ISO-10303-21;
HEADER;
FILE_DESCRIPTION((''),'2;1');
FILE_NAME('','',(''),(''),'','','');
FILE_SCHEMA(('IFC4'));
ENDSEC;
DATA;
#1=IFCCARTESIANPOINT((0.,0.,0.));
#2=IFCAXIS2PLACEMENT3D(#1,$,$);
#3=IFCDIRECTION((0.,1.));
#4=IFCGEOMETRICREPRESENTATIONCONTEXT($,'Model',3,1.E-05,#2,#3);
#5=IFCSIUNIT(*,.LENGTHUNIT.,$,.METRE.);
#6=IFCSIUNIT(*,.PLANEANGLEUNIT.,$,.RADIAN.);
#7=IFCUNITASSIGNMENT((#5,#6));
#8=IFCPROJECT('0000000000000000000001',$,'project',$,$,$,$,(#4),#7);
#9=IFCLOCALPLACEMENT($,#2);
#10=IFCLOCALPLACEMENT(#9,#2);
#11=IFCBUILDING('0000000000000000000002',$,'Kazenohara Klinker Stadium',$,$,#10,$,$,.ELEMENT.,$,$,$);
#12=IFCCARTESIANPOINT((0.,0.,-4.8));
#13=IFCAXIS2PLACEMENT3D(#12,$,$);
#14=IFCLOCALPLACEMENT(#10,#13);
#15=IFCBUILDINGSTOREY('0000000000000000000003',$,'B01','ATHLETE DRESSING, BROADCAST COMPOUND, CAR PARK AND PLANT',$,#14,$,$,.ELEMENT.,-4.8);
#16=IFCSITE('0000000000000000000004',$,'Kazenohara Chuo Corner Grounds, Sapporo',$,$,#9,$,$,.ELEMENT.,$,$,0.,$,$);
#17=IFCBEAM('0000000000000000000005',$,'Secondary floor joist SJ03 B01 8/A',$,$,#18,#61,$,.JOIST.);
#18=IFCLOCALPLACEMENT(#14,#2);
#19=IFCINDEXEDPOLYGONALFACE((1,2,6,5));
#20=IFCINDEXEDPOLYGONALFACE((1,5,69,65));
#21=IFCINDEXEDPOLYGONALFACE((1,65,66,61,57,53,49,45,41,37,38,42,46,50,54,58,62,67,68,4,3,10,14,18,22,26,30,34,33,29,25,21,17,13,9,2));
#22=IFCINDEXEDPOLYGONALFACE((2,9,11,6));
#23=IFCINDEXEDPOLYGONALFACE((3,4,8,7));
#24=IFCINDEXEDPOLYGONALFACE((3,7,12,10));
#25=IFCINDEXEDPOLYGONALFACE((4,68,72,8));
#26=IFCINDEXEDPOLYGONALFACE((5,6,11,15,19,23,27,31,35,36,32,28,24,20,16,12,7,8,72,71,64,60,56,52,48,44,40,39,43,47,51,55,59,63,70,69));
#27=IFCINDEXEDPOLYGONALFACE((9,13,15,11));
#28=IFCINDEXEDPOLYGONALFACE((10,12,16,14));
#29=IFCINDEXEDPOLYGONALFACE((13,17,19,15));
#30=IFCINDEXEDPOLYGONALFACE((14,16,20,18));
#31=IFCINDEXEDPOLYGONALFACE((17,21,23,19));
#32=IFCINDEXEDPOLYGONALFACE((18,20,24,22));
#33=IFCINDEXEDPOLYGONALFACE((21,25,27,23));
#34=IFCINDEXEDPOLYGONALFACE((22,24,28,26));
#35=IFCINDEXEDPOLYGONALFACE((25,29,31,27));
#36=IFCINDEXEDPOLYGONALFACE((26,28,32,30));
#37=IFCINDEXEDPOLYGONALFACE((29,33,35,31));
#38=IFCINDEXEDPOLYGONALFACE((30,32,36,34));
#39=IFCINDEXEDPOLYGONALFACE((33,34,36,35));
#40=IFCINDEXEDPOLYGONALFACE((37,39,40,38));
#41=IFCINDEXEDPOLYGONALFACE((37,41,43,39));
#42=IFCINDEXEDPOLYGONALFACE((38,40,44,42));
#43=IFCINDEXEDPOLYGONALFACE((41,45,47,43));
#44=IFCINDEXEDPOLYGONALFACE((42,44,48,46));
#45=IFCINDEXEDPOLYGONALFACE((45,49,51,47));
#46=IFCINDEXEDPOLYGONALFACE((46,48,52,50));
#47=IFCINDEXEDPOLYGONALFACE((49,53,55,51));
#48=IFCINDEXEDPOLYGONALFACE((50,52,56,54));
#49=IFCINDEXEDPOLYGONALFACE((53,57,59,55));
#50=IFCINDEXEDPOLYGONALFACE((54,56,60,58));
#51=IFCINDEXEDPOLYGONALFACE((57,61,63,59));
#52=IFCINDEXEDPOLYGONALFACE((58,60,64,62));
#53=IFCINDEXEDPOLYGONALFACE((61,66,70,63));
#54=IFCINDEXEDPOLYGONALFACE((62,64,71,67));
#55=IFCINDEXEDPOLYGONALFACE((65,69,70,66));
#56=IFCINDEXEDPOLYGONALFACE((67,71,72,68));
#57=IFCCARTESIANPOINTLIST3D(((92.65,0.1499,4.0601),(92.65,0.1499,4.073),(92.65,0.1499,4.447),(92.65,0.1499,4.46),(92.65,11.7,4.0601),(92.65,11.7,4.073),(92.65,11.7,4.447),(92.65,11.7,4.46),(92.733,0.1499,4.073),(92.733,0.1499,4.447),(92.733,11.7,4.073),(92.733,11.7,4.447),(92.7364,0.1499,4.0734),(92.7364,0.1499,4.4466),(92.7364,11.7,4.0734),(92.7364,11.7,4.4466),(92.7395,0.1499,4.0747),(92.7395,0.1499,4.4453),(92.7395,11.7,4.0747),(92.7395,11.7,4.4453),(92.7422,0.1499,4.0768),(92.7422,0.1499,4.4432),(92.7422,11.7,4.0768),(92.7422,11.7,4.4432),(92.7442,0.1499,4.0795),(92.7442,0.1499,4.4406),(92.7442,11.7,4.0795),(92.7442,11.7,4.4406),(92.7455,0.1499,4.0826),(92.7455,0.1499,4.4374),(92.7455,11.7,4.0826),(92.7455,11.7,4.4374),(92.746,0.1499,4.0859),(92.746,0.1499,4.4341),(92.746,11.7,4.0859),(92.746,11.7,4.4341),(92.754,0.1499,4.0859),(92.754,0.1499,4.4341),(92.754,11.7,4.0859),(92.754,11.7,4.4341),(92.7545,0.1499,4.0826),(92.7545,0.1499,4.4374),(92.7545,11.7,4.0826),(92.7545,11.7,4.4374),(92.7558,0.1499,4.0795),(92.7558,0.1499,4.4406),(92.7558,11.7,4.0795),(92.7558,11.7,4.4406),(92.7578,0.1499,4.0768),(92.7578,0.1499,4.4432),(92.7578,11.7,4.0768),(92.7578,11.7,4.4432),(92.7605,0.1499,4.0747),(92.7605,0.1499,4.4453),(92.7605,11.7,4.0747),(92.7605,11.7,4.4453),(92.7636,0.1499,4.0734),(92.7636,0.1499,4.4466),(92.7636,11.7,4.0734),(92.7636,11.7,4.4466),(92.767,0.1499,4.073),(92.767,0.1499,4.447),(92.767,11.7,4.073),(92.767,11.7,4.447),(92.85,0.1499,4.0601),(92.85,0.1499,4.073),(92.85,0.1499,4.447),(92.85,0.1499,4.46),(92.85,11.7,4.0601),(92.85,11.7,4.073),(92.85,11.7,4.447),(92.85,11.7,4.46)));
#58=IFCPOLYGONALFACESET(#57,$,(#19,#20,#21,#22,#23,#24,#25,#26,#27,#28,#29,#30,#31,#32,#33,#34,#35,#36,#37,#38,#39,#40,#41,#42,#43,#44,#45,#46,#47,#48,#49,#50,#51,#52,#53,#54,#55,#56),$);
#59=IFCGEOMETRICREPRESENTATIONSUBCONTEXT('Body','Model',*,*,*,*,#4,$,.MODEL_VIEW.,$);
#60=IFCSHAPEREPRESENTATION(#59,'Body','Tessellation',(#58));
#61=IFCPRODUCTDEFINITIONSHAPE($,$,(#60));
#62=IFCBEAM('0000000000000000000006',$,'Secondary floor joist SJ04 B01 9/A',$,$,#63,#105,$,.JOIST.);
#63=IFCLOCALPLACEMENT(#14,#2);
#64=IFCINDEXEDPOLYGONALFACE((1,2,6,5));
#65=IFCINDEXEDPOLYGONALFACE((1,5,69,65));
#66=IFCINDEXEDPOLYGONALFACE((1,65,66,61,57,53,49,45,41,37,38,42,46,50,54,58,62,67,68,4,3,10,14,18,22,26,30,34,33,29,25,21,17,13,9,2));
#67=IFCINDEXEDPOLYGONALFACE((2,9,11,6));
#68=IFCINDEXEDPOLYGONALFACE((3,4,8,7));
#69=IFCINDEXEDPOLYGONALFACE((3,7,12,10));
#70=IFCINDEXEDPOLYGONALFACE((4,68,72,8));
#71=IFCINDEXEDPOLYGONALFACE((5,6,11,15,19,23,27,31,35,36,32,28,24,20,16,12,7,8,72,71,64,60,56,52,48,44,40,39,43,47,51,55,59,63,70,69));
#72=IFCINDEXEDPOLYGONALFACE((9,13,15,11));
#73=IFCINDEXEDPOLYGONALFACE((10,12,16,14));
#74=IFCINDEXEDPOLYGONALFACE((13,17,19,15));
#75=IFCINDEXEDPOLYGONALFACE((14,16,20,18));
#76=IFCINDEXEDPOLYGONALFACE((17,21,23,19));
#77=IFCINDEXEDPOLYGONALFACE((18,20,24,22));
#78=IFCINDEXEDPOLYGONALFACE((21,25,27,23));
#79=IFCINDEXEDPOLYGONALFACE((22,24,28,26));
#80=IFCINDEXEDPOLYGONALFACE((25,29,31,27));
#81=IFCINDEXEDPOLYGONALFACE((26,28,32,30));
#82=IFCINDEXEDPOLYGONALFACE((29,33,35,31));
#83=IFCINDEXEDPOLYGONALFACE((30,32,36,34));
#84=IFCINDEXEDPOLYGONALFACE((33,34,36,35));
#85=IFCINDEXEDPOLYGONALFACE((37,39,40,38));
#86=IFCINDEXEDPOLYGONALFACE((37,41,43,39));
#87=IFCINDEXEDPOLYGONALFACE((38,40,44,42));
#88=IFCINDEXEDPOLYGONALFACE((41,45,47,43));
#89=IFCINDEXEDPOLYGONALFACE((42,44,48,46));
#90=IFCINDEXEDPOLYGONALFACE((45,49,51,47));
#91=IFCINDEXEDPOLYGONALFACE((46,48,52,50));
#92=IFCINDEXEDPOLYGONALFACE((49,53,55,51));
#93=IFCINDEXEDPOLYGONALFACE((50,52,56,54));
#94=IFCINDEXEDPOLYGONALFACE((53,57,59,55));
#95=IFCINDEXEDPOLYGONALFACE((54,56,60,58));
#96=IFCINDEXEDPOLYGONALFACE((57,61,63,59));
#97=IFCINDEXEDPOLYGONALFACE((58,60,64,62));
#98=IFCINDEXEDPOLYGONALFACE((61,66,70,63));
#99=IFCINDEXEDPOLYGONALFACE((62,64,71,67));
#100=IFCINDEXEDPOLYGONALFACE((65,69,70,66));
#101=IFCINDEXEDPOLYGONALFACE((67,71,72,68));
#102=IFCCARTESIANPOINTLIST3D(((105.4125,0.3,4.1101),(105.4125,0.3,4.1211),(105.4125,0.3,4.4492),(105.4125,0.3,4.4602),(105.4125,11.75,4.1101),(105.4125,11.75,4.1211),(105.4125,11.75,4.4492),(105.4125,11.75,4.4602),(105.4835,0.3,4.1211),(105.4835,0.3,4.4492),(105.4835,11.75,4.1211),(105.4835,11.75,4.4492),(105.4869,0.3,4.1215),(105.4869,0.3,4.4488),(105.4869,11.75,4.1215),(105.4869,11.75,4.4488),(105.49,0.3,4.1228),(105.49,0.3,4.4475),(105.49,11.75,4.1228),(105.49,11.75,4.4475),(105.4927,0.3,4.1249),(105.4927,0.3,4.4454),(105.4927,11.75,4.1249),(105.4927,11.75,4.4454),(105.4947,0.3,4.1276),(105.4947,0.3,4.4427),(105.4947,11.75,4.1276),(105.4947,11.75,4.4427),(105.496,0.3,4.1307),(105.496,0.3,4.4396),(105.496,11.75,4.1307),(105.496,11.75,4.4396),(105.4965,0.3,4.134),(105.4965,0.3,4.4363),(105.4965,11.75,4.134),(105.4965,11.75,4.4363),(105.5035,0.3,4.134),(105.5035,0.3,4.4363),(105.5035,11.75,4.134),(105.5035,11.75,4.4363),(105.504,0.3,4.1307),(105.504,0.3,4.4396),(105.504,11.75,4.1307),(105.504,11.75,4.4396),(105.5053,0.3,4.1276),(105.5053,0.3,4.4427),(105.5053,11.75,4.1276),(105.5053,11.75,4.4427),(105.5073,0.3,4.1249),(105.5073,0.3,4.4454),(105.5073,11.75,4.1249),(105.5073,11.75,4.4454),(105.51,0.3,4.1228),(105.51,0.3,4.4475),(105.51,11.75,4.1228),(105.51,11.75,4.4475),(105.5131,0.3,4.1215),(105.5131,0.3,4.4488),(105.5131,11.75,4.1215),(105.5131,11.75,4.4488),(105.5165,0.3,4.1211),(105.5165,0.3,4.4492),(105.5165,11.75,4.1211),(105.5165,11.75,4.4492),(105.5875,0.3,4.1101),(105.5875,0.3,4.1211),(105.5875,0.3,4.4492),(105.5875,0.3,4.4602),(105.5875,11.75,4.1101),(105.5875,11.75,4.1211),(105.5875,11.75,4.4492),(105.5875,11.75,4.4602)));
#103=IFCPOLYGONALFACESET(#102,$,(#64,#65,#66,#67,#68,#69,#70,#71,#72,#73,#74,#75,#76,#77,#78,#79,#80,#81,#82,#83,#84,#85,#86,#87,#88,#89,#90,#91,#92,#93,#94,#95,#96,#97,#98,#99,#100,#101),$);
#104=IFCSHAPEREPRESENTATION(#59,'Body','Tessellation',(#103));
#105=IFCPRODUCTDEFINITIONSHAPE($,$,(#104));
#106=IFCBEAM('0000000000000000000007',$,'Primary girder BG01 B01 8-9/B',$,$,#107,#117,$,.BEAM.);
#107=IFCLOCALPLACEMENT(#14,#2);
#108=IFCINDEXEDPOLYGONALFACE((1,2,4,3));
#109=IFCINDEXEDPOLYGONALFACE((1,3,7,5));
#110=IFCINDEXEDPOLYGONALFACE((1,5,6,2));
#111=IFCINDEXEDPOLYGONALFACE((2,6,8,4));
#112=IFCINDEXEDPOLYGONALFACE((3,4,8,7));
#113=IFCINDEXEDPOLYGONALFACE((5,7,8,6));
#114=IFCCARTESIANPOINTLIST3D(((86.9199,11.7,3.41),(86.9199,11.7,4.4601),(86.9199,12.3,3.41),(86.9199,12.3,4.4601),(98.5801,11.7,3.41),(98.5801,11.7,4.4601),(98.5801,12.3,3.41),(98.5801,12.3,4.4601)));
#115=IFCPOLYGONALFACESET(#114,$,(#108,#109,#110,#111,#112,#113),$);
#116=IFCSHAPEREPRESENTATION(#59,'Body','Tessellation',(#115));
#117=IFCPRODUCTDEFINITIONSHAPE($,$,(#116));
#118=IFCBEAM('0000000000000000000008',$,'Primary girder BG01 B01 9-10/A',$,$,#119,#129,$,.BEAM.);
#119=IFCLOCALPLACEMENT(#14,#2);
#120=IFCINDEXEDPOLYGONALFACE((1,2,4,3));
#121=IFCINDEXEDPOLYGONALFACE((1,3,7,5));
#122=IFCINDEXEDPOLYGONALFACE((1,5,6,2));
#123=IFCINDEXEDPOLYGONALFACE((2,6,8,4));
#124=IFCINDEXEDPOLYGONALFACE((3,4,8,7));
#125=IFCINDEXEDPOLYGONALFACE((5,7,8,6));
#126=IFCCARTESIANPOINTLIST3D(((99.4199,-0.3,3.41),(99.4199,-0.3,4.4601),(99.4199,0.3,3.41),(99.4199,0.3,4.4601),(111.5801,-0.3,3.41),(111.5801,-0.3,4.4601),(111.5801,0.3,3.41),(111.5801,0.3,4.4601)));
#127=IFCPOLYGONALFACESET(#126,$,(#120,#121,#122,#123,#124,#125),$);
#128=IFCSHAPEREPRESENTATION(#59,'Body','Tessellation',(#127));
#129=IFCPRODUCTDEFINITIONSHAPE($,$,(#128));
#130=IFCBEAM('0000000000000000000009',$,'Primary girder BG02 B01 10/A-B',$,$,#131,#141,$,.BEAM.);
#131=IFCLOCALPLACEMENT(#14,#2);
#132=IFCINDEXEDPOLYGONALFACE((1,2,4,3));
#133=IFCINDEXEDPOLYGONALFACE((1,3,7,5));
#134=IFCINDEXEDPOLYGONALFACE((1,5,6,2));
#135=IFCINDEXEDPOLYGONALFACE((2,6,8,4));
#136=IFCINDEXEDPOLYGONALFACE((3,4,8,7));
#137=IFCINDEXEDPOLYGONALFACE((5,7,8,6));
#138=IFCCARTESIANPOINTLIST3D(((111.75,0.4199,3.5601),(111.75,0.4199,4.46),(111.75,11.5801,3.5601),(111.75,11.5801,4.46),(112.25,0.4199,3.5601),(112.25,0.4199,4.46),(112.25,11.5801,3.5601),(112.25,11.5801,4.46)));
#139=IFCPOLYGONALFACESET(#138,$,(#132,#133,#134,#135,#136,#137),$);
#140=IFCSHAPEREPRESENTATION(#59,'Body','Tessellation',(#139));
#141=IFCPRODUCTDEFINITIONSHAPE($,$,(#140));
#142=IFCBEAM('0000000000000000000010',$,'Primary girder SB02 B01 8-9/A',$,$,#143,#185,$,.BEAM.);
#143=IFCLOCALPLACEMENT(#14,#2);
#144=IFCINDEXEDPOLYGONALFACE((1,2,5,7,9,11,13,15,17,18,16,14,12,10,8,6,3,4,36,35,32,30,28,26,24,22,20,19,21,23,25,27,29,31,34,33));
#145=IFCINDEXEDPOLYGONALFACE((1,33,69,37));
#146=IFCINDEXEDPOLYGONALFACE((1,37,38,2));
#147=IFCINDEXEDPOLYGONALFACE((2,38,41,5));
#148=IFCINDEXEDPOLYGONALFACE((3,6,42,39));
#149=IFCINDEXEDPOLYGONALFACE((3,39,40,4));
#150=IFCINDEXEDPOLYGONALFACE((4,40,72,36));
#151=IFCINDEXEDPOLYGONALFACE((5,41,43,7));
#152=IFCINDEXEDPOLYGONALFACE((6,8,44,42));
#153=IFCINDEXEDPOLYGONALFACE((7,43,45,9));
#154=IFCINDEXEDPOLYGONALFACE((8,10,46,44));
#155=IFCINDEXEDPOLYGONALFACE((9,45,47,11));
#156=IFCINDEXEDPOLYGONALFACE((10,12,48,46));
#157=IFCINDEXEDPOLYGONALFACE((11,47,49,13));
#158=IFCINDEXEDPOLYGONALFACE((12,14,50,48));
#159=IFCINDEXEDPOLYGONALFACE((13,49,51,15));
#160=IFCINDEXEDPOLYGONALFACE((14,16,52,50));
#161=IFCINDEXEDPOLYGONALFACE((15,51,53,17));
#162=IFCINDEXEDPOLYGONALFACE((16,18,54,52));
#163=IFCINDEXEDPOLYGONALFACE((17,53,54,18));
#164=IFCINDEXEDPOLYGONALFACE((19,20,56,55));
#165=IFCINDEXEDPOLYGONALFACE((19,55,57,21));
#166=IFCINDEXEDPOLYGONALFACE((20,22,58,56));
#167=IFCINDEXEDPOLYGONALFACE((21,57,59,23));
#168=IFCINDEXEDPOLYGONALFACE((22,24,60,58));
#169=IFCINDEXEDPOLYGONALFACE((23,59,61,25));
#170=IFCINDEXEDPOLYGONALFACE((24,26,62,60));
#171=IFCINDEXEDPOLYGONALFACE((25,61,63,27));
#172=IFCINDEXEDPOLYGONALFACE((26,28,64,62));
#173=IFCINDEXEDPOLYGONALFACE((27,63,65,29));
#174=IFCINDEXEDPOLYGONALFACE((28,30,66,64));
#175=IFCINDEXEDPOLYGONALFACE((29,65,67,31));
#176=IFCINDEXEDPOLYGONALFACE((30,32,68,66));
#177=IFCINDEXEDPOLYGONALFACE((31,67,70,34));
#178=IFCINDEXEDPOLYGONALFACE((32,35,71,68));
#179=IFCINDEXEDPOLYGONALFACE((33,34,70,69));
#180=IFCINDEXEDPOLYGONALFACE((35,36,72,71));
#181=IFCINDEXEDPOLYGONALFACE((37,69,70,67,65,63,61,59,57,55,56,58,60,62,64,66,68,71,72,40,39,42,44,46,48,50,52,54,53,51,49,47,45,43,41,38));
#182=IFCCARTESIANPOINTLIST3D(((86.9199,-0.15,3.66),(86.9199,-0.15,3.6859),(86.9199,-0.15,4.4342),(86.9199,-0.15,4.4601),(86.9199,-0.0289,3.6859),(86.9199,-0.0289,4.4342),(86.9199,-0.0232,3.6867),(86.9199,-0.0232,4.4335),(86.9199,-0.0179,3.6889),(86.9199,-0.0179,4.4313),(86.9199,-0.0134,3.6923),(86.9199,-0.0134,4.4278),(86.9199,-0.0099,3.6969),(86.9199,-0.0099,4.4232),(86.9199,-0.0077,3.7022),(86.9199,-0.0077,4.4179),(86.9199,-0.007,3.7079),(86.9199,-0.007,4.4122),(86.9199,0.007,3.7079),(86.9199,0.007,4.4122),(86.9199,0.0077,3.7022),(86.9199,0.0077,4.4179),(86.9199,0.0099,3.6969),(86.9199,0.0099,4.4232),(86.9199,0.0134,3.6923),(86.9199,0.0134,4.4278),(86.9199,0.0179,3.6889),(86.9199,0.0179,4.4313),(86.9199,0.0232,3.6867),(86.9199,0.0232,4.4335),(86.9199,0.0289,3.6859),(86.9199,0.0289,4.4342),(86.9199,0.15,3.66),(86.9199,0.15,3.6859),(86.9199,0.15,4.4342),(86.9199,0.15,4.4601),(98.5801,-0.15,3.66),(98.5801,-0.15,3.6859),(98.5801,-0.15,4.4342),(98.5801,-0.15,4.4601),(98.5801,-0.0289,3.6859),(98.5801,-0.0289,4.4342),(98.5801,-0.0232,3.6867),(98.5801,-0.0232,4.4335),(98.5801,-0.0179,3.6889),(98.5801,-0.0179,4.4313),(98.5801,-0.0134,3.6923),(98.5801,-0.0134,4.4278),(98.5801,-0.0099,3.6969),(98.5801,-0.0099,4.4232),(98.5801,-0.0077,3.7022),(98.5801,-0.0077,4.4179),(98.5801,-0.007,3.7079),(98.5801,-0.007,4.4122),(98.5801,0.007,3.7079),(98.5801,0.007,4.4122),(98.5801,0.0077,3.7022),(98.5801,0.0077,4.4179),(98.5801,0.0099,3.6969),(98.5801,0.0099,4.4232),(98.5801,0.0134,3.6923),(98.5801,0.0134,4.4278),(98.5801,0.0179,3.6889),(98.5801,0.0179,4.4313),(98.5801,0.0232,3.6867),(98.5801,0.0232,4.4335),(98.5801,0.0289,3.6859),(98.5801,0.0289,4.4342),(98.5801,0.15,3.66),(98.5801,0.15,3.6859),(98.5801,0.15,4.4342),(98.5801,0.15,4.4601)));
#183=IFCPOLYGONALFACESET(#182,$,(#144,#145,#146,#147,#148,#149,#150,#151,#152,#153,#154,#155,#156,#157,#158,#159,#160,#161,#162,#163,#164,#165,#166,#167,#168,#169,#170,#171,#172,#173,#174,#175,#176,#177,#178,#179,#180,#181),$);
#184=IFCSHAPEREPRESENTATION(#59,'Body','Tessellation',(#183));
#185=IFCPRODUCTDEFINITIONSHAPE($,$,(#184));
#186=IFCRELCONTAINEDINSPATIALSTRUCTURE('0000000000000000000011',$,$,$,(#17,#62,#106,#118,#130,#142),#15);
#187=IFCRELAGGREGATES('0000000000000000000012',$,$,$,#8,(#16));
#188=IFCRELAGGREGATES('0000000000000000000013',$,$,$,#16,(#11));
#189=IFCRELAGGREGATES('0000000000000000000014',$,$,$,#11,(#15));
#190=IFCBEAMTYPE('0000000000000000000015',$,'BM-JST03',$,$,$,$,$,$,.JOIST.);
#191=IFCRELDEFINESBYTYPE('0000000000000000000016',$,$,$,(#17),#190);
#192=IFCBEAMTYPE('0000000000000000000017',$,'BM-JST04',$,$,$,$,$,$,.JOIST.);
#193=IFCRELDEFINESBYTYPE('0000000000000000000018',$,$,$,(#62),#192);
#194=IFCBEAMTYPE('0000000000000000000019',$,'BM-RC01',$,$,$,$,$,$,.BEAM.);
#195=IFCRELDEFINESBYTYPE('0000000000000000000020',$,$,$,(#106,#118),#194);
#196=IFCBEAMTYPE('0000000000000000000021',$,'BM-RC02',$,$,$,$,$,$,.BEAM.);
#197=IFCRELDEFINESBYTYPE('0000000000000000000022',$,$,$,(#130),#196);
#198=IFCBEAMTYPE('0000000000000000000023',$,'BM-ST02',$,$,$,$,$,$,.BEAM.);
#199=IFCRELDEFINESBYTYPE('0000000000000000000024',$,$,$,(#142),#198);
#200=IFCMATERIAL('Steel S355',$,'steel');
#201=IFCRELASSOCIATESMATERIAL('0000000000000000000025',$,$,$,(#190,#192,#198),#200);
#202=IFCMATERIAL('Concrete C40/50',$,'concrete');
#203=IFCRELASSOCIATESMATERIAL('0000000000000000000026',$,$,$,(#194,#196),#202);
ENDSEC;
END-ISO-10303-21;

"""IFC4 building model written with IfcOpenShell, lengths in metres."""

from ifc_helpers import new_model, si_unit, direction, frame, origin, origin_2d, place, context, subcontext, project, spatial, rectangle, i_section, extrude, material, material_profile, profile_set, type_object, element, save


model = new_model("IFC4")

# Units and contexts
model_context = context("Model", 3, precision=1e-05, world=origin(), true_north=direction((0.0, 1.0)))
body_context = subcontext(model_context, "Body", "Model", "MODEL_VIEW")
ifc_project = project(units=[si_unit("LENGTHUNIT", "METRE"), si_unit("PLANEANGLEUNIT", "RADIAN")], contexts=[model_context])

# Site, building, storey
site_placement = place(None, origin())
site = spatial("IfcSite", under=ifc_project, at=site_placement, Name="Kazenohara Chuo Corner Grounds, Sapporo", CompositionType="ELEMENT", RefElevation=0.0)
building_placement = place(site_placement, origin())
building = spatial("IfcBuilding", under=site, at=building_placement, Name="Kazenohara Klinker Stadium", CompositionType="ELEMENT")
storey_placement = place(building_placement, frame((0.0, 0.0, -4.8)))
storey = spatial("IfcBuildingStorey", under=building, at=storey_placement, Name="B01", Description="ATHLETE DRESSING, BROADCAST COMPOUND, CAR PARK AND PLANT", CompositionType="ELEMENT", Elevation=-4.8)

# Shared definitions
ifc_material_1 = material(Name="Concrete C40/50", Category="concrete")

# Beams
ifc_material_2 = material(Name="Steel S355", Category="steel")
ifc_material_profile_1 = material_profile(ifc_material_2, i_section(OverallWidth=0.2, OverallDepth=0.3999, WebThickness=0.0081, FlangeThickness=0.0129, FilletRadius=0.0129, at=origin_2d()), Name="H-400x200x8x13")
ifc_profile_set_1 = profile_set([ifc_material_profile_1], Name="Steel S355")
beam_type_1 = type_object("IfcBeamType", Name="BM-JST03", PredefinedType="JOIST", material=ifc_profile_set_1)
beam_1_placement = place(storey_placement, frame((92.75, 0.1499, 4.26), z_axis=(0.0, 1.0, 0.0), x_axis=(-1.0, 0.0, 0.0)))
element("IfcBeam", 1, at=beam_1_placement, inside=storey, type_object=beam_type_1, Name="Secondary floor joist SJ03 B01 8/A", PredefinedType="JOIST", context=body_context, shape_type="SweptSolid", body=[
    extrude(i_section(OverallWidth=0.2, OverallDepth=0.3999, WebThickness=0.0081, FlangeThickness=0.0129, FilletRadius=0.0129, at=origin_2d()), origin(), (0.0, 0.0, 1.0), 11.55),
])
ifc_material_profile_2 = material_profile(ifc_material_2, i_section(OverallWidth=0.175, OverallDepth=0.3501, WebThickness=0.0071, FlangeThickness=0.011, FilletRadius=0.0129, at=origin_2d()), Name="H-350x175x7x11")
ifc_profile_set_2 = profile_set([ifc_material_profile_2], Name="Steel S355")
beam_type_2 = type_object("IfcBeamType", Name="BM-JST04", PredefinedType="JOIST", material=ifc_profile_set_2)
beam_2_placement = place(storey_placement, frame((105.5, 0.3, 4.2852), z_axis=(0.0, 1.0, 0.0), x_axis=(-1.0, 0.0, 0.0)))
element("IfcBeam", 2, at=beam_2_placement, inside=storey, type_object=beam_type_2, Name="Secondary floor joist SJ04 B01 9/A", PredefinedType="JOIST", context=body_context, shape_type="SweptSolid", body=[
    extrude(i_section(OverallWidth=0.175, OverallDepth=0.3501, WebThickness=0.0071, FlangeThickness=0.011, FilletRadius=0.0129, at=origin_2d()), origin(), (0.0, 0.0, 1.0), 11.45),
])
ifc_material_profile_3 = material_profile(ifc_material_1, rectangle(XDim=0.6001, YDim=1.05, at=origin_2d()), Name="RC-BM-600x1050")
ifc_profile_set_3 = profile_set([ifc_material_profile_3], Name="Concrete C40/50")
beam_type_3 = type_object("IfcBeamType", Name="BM-RC01", PredefinedType="BEAM", material=ifc_profile_set_3)
beam_3_placement = place(storey_placement, frame((86.9199, 12.0, 3.9351), z_axis=(1.0, 0.0, 0.0), x_axis=(0.0, 1.0, 0.0)))
element("IfcBeam", 3, at=beam_3_placement, inside=storey, type_object=beam_type_3, Name="Primary girder BG01 B01 8-9/B", PredefinedType="BEAM", context=body_context, shape_type="SweptSolid", body=[
    extrude(rectangle(XDim=0.6001, YDim=1.05, at=origin_2d()), origin(), (0.0, 0.0, 1.0), 11.6602),
])
beam_4_placement = place(storey_placement, frame((99.4199, 0.0, 3.9351), z_axis=(1.0, 0.0, 0.0), x_axis=(0.0, 1.0, 0.0)))
element("IfcBeam", 4, at=beam_4_placement, inside=storey, type_object=beam_type_3, Name="Primary girder BG01 B01 9-10/A", PredefinedType="BEAM", context=body_context, shape_type="SweptSolid", body=[
    extrude(rectangle(XDim=0.6001, YDim=1.05, at=origin_2d()), origin(), (0.0, 0.0, 1.0), 12.1602),
])
ifc_material_profile_4 = material_profile(ifc_material_1, rectangle(XDim=0.5, YDim=0.8999, at=origin_2d()), Name="RC-BM-500x900")
ifc_profile_set_4 = profile_set([ifc_material_profile_4], Name="Concrete C40/50")
beam_type_4 = type_object("IfcBeamType", Name="BM-RC02", PredefinedType="BEAM", material=ifc_profile_set_4)
beam_5_placement = place(storey_placement, frame((112.0, 0.4199, 4.01), z_axis=(0.0, 1.0, 0.0), x_axis=(-1.0, 0.0, 0.0)))
element("IfcBeam", 5, at=beam_5_placement, inside=storey, type_object=beam_type_4, Name="Primary girder BG02 B01 10/A-B", PredefinedType="BEAM", context=body_context, shape_type="SweptSolid", body=[
    extrude(rectangle(XDim=0.5, YDim=0.8999, at=origin_2d()), origin(), (0.0, 0.0, 1.0), 11.1602),
])
ifc_material_profile_5 = material_profile(ifc_material_2, i_section(OverallWidth=0.3, OverallDepth=0.8, WebThickness=0.0139, FlangeThickness=0.0259, FilletRadius=0.022, at=origin_2d()), Name="H-800x300x14x26")
ifc_profile_set_5 = profile_set([ifc_material_profile_5], Name="Steel S355")
beam_type_5 = type_object("IfcBeamType", Name="BM-ST02", PredefinedType="BEAM", material=ifc_profile_set_5)
beam_6_placement = place(storey_placement, frame((86.9199, 0.0, 4.0601), z_axis=(1.0, 0.0, 0.0), x_axis=(0.0, 1.0, 0.0)))
element("IfcBeam", 6, at=beam_6_placement, inside=storey, type_object=beam_type_5, Name="Primary girder SB02 B01 8-9/A", PredefinedType="BEAM", context=body_context, shape_type="SweptSolid", body=[
    extrude(i_section(OverallWidth=0.3, OverallDepth=0.8, WebThickness=0.0139, FlangeThickness=0.0259, FilletRadius=0.022, at=origin_2d()), origin(), (0.0, 0.0, 1.0), 11.6602),
])

save(model, "model.ifc")
